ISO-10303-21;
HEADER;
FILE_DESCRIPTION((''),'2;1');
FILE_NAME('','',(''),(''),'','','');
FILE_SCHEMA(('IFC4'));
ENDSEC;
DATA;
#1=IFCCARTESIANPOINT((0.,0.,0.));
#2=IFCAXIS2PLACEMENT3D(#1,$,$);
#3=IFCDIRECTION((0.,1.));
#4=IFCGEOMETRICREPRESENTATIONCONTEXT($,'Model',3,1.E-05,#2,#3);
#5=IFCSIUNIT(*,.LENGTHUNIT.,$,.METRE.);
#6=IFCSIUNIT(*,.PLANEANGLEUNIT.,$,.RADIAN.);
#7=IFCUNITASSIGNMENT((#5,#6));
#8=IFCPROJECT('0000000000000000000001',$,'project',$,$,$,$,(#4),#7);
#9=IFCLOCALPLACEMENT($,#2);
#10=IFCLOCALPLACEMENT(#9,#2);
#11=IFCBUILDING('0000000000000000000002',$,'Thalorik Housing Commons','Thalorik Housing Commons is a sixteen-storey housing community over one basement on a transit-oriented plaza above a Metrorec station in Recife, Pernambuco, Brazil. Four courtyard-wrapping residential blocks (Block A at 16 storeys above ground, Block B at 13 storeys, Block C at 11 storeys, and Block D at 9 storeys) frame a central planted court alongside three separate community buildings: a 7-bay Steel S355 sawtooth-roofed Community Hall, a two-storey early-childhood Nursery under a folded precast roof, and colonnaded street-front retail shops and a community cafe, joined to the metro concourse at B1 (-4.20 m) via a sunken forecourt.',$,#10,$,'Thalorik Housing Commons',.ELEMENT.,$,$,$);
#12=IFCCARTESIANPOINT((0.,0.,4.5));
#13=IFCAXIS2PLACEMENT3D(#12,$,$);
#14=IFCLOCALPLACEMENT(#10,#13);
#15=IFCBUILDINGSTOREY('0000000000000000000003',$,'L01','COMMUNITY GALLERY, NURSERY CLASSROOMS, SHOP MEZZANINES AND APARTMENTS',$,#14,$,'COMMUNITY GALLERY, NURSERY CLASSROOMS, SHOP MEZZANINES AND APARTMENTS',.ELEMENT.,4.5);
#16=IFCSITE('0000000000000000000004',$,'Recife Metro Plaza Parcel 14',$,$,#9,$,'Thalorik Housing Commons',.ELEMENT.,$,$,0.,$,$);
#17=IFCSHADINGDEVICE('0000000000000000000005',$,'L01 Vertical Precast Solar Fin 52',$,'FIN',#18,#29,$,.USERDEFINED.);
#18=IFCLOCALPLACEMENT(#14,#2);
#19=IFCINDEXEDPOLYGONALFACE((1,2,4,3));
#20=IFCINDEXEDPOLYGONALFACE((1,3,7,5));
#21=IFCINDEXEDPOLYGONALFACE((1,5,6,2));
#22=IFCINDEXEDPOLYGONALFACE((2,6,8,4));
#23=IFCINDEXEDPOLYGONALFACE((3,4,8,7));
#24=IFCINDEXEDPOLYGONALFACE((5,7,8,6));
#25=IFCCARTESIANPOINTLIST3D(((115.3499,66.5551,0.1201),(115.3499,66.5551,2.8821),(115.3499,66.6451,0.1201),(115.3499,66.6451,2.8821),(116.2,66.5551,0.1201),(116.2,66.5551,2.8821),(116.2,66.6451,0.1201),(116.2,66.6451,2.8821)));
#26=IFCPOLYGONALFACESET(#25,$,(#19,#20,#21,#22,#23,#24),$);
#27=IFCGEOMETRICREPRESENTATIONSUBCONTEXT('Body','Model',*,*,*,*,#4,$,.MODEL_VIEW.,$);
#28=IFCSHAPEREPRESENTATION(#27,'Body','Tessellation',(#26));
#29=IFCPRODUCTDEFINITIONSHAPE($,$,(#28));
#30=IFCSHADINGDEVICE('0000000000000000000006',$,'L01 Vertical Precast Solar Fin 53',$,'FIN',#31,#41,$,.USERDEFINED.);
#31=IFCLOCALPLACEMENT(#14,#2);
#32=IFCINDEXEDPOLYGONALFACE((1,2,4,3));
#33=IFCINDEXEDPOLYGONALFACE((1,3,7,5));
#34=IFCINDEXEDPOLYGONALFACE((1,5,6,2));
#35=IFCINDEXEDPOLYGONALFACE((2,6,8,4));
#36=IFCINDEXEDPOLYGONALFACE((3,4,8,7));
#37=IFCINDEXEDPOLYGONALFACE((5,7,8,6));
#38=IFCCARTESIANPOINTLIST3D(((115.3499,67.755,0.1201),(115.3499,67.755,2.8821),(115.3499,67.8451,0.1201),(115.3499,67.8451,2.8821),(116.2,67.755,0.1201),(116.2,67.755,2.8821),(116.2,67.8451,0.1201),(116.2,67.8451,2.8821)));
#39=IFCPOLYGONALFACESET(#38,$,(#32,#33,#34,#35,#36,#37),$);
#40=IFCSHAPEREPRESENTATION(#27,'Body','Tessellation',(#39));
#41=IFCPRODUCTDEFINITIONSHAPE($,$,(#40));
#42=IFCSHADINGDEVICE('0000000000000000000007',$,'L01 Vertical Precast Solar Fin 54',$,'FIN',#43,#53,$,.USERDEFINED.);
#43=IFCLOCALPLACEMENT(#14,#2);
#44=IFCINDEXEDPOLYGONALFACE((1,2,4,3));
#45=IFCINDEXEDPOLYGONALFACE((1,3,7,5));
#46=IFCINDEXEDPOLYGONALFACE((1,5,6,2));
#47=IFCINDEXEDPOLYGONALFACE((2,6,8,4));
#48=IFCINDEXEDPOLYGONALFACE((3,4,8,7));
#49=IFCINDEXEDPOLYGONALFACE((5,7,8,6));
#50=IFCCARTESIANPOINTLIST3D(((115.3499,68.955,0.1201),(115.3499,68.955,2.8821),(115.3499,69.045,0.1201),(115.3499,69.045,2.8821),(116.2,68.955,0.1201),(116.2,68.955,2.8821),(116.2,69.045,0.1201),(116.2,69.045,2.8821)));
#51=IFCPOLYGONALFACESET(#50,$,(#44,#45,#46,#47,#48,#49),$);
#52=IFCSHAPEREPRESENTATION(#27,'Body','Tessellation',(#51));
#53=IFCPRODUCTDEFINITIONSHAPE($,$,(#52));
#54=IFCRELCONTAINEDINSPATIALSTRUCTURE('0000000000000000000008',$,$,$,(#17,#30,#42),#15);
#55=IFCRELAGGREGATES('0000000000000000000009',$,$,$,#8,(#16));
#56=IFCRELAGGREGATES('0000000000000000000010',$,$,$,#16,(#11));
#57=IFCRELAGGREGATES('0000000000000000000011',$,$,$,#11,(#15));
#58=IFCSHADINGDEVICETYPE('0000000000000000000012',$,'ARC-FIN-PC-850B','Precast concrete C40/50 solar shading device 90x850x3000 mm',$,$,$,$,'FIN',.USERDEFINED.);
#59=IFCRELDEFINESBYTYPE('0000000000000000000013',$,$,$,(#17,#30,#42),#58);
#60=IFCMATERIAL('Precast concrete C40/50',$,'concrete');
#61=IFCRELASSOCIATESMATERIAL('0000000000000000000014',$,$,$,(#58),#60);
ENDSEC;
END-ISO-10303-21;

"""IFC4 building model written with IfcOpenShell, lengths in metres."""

from ifc_helpers import new_model, si_unit, direction, frame, origin, origin_2d, place, context, subcontext, project, spatial, rectangle, extrude, material, type_object, element, save


model = new_model("IFC4")

# Units and contexts
model_context = context("Model", 3, precision=1e-05, world=origin(), true_north=direction((0.0, 1.0)))
body_context = subcontext(model_context, "Body", "Model", "MODEL_VIEW")
ifc_project = project(units=[si_unit("LENGTHUNIT", "METRE"), si_unit("PLANEANGLEUNIT", "RADIAN")], contexts=[model_context])

# Site, building, storey
site_placement = place(None, origin())
site = spatial("IfcSite", under=ifc_project, at=site_placement, Name="Recife Metro Plaza Parcel 14", LongName="Thalorik Housing Commons", CompositionType="ELEMENT", RefElevation=0.0)
building_placement = place(site_placement, origin())
building = spatial("IfcBuilding", under=site, at=building_placement, Name="Thalorik Housing Commons", Description="Thalorik Housing Commons is a sixteen-storey housing community over one basement on a transit-oriented plaza above a Metrorec station in Recife, Pernambuco, Brazil. Four courtyard-wrapping residential blocks (Block A at 16 storeys above ground, Block B at 13 storeys, Block C at 11 storeys, and Block D at 9 storeys) frame a central planted court alongside three separate community buildings: a 7-bay Steel S355 sawtooth-roofed Community Hall, a two-storey early-childhood Nursery under a folded precast roof, and colonnaded street-front retail shops and a community cafe, joined to the metro concourse at B1 (-4.20 m) via a sunken forecourt.", LongName="Thalorik Housing Commons", CompositionType="ELEMENT")
storey_placement = place(building_placement, frame((0.0, 0.0, 4.5)))
storey = spatial("IfcBuildingStorey", under=building, at=storey_placement, Name="L01", Description="COMMUNITY GALLERY, NURSERY CLASSROOMS, SHOP MEZZANINES AND APARTMENTS", LongName="COMMUNITY GALLERY, NURSERY CLASSROOMS, SHOP MEZZANINES AND APARTMENTS", CompositionType="ELEMENT", Elevation=4.5)

# Shared definitions
ifc_material_1 = material(Name="Precast concrete C40/50", Category="concrete")

# Shading devices
shading_device_type = type_object("IfcShadingDeviceType", Name="ARC-FIN-PC-850B", Description="Precast concrete C40/50 solar shading device 90x850x3000 mm", ElementType="FIN", PredefinedType="USERDEFINED", material=ifc_material_1)
for number, where, z_axis, x_axis, name in (
    (1, (115.7749, 66.6001, 0.1201), (0.0, 0.0, 1.0), (0.0, 1.0, 0.0), "L01 Vertical Precast Solar Fin 52"),
    (2, (115.7749, 67.8, 0.1201), (0.0, 0.0, 1.0), (0.0, 1.0, 0.0), "L01 Vertical Precast Solar Fin 53"),
    (3, (115.7749, 69.0, 0.1201), (0.0, 0.0, 1.0), (0.0, 1.0, 0.0), "L01 Vertical Precast Solar Fin 54"),
):
    element("IfcShadingDevice", number, at=place(storey_placement, frame(where, z_axis=z_axis, x_axis=x_axis)), inside=storey, type_object=shading_device_type, Name=name, ObjectType="FIN", PredefinedType="USERDEFINED", context=body_context, shape_type="SweptSolid", body=[
        extrude(rectangle(XDim=0.0901, YDim=0.8501, at=origin_2d()), origin(), (0.0, 0.0, 1.0), 2.762),
    ])

save(model, "model.ifc")
